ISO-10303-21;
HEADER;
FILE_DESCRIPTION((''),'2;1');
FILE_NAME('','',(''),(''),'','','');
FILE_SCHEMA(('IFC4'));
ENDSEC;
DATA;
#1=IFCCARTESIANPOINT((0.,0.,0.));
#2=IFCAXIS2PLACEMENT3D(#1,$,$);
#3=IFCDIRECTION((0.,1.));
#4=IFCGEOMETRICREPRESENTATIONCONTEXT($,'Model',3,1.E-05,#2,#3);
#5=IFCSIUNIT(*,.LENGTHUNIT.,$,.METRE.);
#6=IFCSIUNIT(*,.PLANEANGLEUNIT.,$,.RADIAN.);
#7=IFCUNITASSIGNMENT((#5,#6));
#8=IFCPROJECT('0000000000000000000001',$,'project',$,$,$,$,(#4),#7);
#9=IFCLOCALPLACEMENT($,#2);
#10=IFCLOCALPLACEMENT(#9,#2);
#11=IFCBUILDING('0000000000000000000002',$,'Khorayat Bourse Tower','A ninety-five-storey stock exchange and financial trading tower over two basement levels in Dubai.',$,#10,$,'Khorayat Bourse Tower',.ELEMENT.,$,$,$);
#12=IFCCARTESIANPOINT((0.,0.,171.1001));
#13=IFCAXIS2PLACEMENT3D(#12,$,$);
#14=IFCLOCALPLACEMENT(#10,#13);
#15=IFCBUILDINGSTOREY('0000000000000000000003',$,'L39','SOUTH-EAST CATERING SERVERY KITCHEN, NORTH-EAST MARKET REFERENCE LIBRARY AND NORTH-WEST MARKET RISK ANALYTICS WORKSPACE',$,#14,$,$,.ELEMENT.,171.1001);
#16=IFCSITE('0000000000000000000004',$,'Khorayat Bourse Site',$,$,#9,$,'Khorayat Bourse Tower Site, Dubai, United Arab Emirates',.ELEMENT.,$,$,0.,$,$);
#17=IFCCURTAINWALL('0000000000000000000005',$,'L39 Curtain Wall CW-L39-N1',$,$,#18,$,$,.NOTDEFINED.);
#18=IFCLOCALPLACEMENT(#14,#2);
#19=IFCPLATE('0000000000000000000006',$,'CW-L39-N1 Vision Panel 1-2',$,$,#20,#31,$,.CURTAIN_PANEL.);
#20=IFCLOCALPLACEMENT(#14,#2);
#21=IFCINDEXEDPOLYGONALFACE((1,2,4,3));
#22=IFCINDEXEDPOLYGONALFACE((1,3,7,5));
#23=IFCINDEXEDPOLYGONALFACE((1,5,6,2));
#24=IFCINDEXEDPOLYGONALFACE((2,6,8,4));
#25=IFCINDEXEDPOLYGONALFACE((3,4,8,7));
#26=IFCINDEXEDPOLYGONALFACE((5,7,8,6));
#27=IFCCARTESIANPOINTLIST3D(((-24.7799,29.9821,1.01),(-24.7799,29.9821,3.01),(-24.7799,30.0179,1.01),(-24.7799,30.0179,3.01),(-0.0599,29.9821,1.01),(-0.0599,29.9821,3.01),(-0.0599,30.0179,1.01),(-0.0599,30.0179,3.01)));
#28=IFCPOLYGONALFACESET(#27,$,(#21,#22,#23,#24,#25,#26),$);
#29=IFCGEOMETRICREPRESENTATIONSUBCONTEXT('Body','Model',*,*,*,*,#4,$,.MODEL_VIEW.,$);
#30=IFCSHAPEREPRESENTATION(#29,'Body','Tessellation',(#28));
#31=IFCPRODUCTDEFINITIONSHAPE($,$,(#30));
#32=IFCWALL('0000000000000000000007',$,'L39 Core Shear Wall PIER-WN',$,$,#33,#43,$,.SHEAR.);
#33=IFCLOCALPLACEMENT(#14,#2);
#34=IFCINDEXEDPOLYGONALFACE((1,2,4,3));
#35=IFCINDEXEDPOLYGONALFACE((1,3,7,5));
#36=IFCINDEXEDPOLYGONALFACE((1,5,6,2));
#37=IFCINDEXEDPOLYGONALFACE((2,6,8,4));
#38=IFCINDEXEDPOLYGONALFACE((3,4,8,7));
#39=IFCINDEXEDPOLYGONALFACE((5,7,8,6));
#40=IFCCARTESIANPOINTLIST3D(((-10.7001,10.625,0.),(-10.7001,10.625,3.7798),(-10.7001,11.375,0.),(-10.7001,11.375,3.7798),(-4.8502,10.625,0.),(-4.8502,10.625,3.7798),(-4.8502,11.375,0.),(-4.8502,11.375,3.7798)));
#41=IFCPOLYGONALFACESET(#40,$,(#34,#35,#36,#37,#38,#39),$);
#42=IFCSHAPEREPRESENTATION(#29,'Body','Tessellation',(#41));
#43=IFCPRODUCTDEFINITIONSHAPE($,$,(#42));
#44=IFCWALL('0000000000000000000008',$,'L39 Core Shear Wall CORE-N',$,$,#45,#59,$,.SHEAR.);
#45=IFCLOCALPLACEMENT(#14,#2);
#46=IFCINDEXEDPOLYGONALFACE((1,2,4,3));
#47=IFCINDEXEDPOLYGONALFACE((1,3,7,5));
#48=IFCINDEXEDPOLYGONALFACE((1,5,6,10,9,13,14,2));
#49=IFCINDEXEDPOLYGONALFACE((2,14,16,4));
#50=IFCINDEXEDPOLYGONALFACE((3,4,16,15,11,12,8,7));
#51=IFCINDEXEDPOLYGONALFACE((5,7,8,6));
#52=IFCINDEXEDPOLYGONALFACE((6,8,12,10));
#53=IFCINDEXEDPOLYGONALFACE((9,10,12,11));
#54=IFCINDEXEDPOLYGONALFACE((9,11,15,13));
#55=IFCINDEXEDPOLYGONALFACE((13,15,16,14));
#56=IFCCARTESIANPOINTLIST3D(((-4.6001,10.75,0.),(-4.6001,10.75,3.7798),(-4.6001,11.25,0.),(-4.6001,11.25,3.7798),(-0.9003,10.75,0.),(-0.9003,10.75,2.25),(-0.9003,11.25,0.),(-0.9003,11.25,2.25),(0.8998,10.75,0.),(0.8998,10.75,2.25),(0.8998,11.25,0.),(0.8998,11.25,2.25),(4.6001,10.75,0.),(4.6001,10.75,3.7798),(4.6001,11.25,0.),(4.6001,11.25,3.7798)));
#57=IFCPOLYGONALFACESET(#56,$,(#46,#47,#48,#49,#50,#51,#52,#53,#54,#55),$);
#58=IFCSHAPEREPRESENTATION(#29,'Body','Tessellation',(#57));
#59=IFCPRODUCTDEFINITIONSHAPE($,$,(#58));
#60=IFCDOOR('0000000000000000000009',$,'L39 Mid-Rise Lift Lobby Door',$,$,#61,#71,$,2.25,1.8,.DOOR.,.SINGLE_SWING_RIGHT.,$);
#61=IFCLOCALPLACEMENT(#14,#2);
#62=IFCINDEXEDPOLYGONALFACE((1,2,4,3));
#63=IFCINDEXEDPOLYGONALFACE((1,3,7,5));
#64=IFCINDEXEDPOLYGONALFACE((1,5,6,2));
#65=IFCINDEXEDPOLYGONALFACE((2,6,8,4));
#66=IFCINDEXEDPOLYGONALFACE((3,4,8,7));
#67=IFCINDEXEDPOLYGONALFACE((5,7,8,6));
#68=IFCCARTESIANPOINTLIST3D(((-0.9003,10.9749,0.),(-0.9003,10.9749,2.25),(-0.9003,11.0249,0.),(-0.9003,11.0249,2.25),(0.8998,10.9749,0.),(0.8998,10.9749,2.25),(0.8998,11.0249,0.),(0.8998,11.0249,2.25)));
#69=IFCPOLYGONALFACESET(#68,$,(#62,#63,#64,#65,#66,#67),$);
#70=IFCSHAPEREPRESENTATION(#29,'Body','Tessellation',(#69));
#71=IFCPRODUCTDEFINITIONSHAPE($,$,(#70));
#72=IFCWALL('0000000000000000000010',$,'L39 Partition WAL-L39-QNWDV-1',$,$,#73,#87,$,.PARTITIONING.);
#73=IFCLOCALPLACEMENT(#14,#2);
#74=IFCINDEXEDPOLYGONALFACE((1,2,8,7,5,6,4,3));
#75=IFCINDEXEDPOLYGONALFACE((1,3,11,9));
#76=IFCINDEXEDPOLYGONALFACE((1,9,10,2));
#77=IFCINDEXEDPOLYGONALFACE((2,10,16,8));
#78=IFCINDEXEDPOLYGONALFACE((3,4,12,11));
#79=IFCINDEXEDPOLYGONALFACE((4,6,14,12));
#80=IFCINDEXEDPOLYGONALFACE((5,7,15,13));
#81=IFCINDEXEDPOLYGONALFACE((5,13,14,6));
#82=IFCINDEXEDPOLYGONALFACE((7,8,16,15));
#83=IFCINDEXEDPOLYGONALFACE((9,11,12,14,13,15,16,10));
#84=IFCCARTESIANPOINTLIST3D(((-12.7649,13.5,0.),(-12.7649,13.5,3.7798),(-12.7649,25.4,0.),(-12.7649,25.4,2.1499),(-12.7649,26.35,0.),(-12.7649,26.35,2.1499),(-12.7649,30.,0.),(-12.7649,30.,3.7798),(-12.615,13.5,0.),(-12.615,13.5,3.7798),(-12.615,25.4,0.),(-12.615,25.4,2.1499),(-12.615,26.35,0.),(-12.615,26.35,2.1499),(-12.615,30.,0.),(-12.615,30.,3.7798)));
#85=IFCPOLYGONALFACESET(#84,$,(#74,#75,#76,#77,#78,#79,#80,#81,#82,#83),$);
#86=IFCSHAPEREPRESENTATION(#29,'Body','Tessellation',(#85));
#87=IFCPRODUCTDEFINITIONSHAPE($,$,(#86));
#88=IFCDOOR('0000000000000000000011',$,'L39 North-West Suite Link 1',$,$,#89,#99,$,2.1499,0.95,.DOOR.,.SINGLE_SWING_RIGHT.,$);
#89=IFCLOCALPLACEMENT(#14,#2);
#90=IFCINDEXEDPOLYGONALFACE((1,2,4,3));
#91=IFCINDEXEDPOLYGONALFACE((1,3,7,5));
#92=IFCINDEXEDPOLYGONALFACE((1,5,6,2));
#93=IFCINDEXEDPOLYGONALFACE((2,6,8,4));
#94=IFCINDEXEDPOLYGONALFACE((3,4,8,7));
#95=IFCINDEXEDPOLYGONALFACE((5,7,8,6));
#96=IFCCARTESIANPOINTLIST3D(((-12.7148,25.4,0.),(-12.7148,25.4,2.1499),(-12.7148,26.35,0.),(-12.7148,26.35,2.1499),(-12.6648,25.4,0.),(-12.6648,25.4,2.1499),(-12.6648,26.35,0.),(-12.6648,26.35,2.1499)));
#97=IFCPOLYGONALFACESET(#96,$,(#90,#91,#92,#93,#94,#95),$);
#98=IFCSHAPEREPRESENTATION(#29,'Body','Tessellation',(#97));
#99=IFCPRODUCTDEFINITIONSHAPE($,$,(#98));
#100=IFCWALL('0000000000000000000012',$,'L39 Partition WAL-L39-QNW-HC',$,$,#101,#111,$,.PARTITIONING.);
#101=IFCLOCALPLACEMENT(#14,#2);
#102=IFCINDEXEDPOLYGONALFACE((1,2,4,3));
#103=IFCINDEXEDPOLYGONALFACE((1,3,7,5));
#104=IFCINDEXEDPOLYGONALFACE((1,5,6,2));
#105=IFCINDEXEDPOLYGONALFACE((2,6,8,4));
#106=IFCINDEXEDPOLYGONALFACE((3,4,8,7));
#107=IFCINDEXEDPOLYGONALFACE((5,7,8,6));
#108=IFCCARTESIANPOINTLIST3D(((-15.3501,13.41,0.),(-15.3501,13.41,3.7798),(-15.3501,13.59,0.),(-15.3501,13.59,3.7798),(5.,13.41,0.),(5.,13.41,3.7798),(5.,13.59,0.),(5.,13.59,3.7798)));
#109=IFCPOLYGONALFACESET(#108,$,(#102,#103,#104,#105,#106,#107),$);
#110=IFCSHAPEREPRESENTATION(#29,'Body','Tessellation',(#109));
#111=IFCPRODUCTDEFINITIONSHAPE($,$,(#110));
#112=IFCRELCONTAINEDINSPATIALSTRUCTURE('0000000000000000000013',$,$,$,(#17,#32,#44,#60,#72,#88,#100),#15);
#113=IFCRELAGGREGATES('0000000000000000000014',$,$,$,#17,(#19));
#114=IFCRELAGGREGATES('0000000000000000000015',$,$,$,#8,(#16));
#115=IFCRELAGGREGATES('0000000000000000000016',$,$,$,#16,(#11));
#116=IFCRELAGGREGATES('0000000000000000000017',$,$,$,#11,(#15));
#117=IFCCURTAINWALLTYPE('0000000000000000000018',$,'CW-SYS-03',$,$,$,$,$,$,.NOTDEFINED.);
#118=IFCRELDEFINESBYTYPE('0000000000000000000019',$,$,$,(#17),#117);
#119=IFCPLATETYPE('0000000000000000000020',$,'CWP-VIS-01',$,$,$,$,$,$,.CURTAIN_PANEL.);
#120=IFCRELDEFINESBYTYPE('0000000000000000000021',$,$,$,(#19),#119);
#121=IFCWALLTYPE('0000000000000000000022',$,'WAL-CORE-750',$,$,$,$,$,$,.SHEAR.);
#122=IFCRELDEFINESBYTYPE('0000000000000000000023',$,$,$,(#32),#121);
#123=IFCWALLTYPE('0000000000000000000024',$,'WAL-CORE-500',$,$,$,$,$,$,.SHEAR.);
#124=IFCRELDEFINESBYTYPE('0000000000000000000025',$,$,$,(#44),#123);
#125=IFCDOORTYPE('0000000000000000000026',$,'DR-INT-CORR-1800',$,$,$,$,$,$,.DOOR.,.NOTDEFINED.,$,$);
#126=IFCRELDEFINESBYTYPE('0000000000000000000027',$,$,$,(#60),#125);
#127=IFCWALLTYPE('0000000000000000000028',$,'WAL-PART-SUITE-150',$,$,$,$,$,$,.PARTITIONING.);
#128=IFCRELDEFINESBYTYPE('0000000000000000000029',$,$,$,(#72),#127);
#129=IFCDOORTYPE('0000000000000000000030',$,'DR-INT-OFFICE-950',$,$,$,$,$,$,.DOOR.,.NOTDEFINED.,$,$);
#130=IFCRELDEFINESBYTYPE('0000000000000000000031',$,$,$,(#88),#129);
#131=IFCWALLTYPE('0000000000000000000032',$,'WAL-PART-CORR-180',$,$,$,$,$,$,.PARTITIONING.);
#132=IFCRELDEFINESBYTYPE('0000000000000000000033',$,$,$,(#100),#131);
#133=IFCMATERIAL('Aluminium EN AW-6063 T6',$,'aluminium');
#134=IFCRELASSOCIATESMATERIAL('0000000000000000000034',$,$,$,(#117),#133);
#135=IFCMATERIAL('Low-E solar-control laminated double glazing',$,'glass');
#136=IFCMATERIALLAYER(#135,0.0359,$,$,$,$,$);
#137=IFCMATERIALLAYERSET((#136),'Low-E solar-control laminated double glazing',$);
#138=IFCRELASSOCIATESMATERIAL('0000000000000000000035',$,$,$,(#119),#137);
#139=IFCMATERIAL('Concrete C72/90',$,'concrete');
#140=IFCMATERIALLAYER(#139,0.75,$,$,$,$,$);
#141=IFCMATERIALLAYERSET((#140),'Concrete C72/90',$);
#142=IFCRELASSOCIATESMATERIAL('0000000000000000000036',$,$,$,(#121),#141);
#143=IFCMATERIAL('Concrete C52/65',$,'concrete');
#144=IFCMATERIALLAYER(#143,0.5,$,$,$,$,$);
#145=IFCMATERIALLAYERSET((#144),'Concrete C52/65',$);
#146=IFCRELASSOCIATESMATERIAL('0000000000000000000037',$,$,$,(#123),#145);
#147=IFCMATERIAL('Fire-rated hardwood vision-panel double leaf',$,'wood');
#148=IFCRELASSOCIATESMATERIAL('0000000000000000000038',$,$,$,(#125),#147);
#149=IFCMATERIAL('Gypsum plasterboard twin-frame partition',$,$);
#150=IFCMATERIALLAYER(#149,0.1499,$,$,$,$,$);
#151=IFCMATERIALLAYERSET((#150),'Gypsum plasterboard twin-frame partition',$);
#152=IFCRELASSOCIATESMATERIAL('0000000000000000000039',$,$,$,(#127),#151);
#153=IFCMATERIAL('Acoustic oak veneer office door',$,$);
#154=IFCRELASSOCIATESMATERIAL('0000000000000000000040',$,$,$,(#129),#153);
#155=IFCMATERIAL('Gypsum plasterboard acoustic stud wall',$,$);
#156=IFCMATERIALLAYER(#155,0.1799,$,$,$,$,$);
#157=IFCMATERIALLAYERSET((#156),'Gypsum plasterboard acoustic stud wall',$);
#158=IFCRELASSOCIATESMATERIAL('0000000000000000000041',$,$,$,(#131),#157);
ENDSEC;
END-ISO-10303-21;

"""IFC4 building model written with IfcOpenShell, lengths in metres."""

from ifc_helpers import new_model, si_unit, direction, frame, frame_2d, origin, origin_2d, place, context, subcontext, project, spatial, rectangle, extrude, source, transform, mapped, material, layer, layer_set, type_object, element, fill, aggregate, save


model = new_model("IFC4")

# Units and contexts
model_context = context("Model", 3, precision=1e-05, world=origin(), true_north=direction((0.0, 1.0)))
body_context = subcontext(model_context, "Body", "Model", "MODEL_VIEW")
ifc_project = project(units=[si_unit("LENGTHUNIT", "METRE"), si_unit("PLANEANGLEUNIT", "RADIAN")], contexts=[model_context])

# Site, building, storey
site_placement = place(None, origin())
site = spatial("IfcSite", under=ifc_project, at=site_placement, Name="Khorayat Bourse Site", LongName="Khorayat Bourse Tower Site, Dubai, United Arab Emirates", CompositionType="ELEMENT", RefElevation=0.0)
building_placement = place(site_placement, origin())
building = spatial("IfcBuilding", under=site, at=building_placement, Name="Khorayat Bourse Tower", Description="A ninety-five-storey stock exchange and financial trading tower over two basement levels in Dubai.", LongName="Khorayat Bourse Tower", CompositionType="ELEMENT")
storey_placement = place(building_placement, frame((0.0, 0.0, 171.1001)))
storey = spatial("IfcBuildingStorey", under=building, at=storey_placement, Name="L39", Description="SOUTH-EAST CATERING SERVERY KITCHEN, NORTH-EAST MARKET REFERENCE LIBRARY AND NORTH-WEST MARKET RISK ANALYTICS WORKSPACE", CompositionType="ELEMENT", Elevation=171.1001)

# Shared definitions
ifc_material_1 = material(Name="Concrete C72/90", Category="concrete")

# Curtain wall
ifc_material_2 = material(Name="Aluminium EN AW-6063 T6", Category="aluminium")
curtain_wall_type = type_object("IfcCurtainWallType", Name="CW-SYS-03", PredefinedType="NOTDEFINED", material=ifc_material_2)
curtain_wall_placement = place(storey_placement, origin())
curtain_wall = element("IfcCurtainWall", 1, at=curtain_wall_placement, inside=storey, type_object=curtain_wall_type, Name="L39 Curtain Wall CW-L39-N1", PredefinedType="NOTDEFINED")

# Plate
ifc_material_3 = material(Name="Low-E solar-control laminated double glazing", Category="glass")
ifc_layer_1 = layer(ifc_material_3, 0.0359)
ifc_layer_set_1 = layer_set([ifc_layer_1], Name="Low-E solar-control laminated double glazing")
plate_type_1 = type_object("IfcPlateType", Name="CWP-VIS-01", PredefinedType="CURTAIN_PANEL", material=ifc_layer_set_1)
shared_shape_1 = source(origin(), body_context, "Body", "SweptSolid", [
    extrude(rectangle(XDim=24.72, YDim=0.0359, at=origin_2d()), origin(), (0.0, 0.0, 1.0), 2.0),
])
plate_1_placement = place(storey_placement, frame((-12.4199, 30.0, 1.01), z_axis=(0.0, 0.0, 1.0), x_axis=(1.0, 0.0, 0.0)))
plate_1 = element("IfcPlate", 2, at=plate_1_placement, type_object=plate_type_1, Name="CW-L39-N1 Vision Panel 1-2", PredefinedType="CURTAIN_PANEL", context=body_context, shape_type="MappedRepresentation", body=[
    mapped(shared_shape_1, transform((0.0, 0.0, 0.0), scale=1.0)),
])
aggregate(curtain_wall, [plate_1])

# Wall
ifc_layer_2 = layer(ifc_material_1, 0.75)
ifc_layer_set_2 = layer_set([ifc_layer_2], Name="Concrete C72/90")
wall_type_1 = type_object("IfcWallType", Name="WAL-CORE-750", PredefinedType="SHEAR", material=ifc_layer_set_2)
shared_shape_2 = source(origin(), body_context, "Body", "SweptSolid", [
    extrude(rectangle(XDim=5.8499, YDim=0.75, at=frame_2d((2.9248, 0.0))), origin(), (0.0, 0.0, 1.0), 3.7798),
])
wall_1_placement = place(storey_placement, frame((-10.7, 11.0, 0.0), z_axis=(0.0, 0.0, 1.0), x_axis=(1.0, 0.0, 0.0)))
element("IfcWall", 3, at=wall_1_placement, inside=storey, type_object=wall_type_1, Name="L39 Core Shear Wall PIER-WN", PredefinedType="SHEAR", context=body_context, shape_type="MappedRepresentation", body=[
    mapped(shared_shape_2, transform((0.0, 0.0, 0.0), scale=1.0)),
])

# Walls, openings, doors
ifc_material_4 = material(Name="Concrete C52/65", Category="concrete")
ifc_layer_3 = layer(ifc_material_4, 0.5)
ifc_layer_set_3 = layer_set([ifc_layer_3], Name="Concrete C52/65")
wall_type_2 = type_object("IfcWallType", Name="WAL-CORE-500", PredefinedType="SHEAR", material=ifc_layer_set_3)
shared_shape_3 = source(origin(), body_context, "Body", "SweptSolid", [
    extrude(rectangle(XDim=9.2002, YDim=0.5, at=frame_2d((4.6001, 0.0))), origin(), (0.0, 0.0, 1.0), 3.7798),
])
wall_2_placement = place(storey_placement, frame((-4.6001, 11.0, 0.0), z_axis=(0.0, 0.0, 1.0), x_axis=(1.0, 0.0, 0.0)))
wall_2 = element("IfcWall", 4, at=wall_2_placement, inside=storey, type_object=wall_type_2, Name="L39 Core Shear Wall CORE-N", PredefinedType="SHEAR", context=body_context, shape_type="MappedRepresentation", body=[
    mapped(shared_shape_3, transform((0.0, 0.0, 0.0), scale=1.0)),
])
shared_shape_4 = source(origin(), body_context, "Body", "SweptSolid", [
    extrude(rectangle(XDim=1.8, YDim=2.25, at=frame_2d((0.8999, 1.125))), frame((0.0, 0.26, 0.0), z_axis=(0.0, -1.0, 0.0), x_axis=(1.0, 0.0, 0.0)), (0.0, 0.0, 1.0), 0.52),
])
opening_1_placement = place(wall_2_placement, frame((3.7, 0.0, 0.0)))
opening_1 = element("IfcOpeningElement", 5, at=opening_1_placement, cuts=wall_2, PredefinedType="OPENING", context=body_context, shape_type="MappedRepresentation", body=[
    mapped(shared_shape_4, transform((0.0, 0.0, 0.0), scale=1.0)),
])
ifc_material_5 = material(Name="Fire-rated hardwood vision-panel double leaf", Category="wood")
door_type_1 = type_object("IfcDoorType", Name="DR-INT-CORR-1800", OperationType="NOTDEFINED", PredefinedType="DOOR", material=ifc_material_5)
shared_shape_5 = source(origin(), body_context, "Body", "SweptSolid", [
    extrude(rectangle(XDim=1.8, YDim=2.25, at=frame_2d((0.8999, 1.125))), frame((0.0, 0.0249, 0.0), z_axis=(0.0, -1.0, 0.0), x_axis=(1.0, 0.0, 0.0)), (0.0, 0.0, 1.0), 0.05),
])
door_1_placement = place(opening_1_placement, origin())
door_1 = element("IfcDoor", 6, at=door_1_placement, inside=storey, type_object=door_type_1, Name="L39 Mid-Rise Lift Lobby Door", OperationType="SINGLE_SWING_RIGHT", OverallHeight=2.25, OverallWidth=1.8, PredefinedType="DOOR", context=body_context, shape_type="MappedRepresentation", body=[
    mapped(shared_shape_5, transform((0.0, 0.0, 0.0), scale=1.0)),
])
fill(opening_1, door_1)
ifc_material_6 = material(Name="Gypsum plasterboard twin-frame partition")
ifc_layer_4 = layer(ifc_material_6, 0.1499)
ifc_layer_set_4 = layer_set([ifc_layer_4], Name="Gypsum plasterboard twin-frame partition")
wall_type_3 = type_object("IfcWallType", Name="WAL-PART-SUITE-150", PredefinedType="PARTITIONING", material=ifc_layer_set_4)
shared_shape_6 = source(origin(), body_context, "Body", "SweptSolid", [
    extrude(rectangle(XDim=16.5, YDim=0.1499, at=frame_2d((8.25, 0.0))), origin(), (0.0, 0.0, 1.0), 3.7798),
])
wall_3_placement = place(storey_placement, frame((-12.6899, 13.5, 0.0), z_axis=(0.0, 0.0, 1.0), x_axis=(0.0, 1.0, 0.0)))
wall_3 = element("IfcWall", 7, at=wall_3_placement, inside=storey, type_object=wall_type_3, Name="L39 Partition WAL-L39-QNWDV-1", PredefinedType="PARTITIONING", context=body_context, shape_type="MappedRepresentation", body=[
    mapped(shared_shape_6, transform((0.0, 0.0, 0.0), scale=1.0)),
])
shared_shape_7 = source(origin(), body_context, "Body", "SweptSolid", [
    extrude(rectangle(XDim=0.95, YDim=2.1499, at=frame_2d((0.4751, 1.075))), frame((0.0, 0.085, 0.0), z_axis=(0.0, -1.0, 0.0), x_axis=(1.0, 0.0, 0.0)), (0.0, 0.0, 1.0), 0.1699),
])
opening_2_placement = place(wall_3_placement, frame((11.8999, 0.0, 0.0)))
opening_2 = element("IfcOpeningElement", 8, at=opening_2_placement, cuts=wall_3, PredefinedType="OPENING", context=body_context, shape_type="MappedRepresentation", body=[
    mapped(shared_shape_7, transform((0.0, 0.0, 0.0), scale=1.0)),
])
ifc_material_7 = material(Name="Acoustic oak veneer office door")
door_type_2 = type_object("IfcDoorType", Name="DR-INT-OFFICE-950", OperationType="NOTDEFINED", PredefinedType="DOOR", material=ifc_material_7)
shared_shape_8 = source(origin(), body_context, "Body", "SweptSolid", [
    extrude(rectangle(XDim=0.95, YDim=2.1499, at=frame_2d((0.4751, 1.075))), frame((0.0, 0.0249, 0.0), z_axis=(0.0, -1.0, 0.0), x_axis=(1.0, 0.0, 0.0)), (0.0, 0.0, 1.0), 0.05),
])
door_2_placement = place(opening_2_placement, origin())
door_2 = element("IfcDoor", 9, at=door_2_placement, inside=storey, type_object=door_type_2, Name="L39 North-West Suite Link 1", OperationType="SINGLE_SWING_RIGHT", OverallHeight=2.1499, OverallWidth=0.95, PredefinedType="DOOR", context=body_context, shape_type="MappedRepresentation", body=[
    mapped(shared_shape_8, transform((0.0, 0.0, 0.0), scale=1.0)),
])
fill(opening_2, door_2)

# Wall
ifc_material_8 = material(Name="Gypsum plasterboard acoustic stud wall")
ifc_layer_5 = layer(ifc_material_8, 0.1799)
ifc_layer_set_5 = layer_set([ifc_layer_5], Name="Gypsum plasterboard acoustic stud wall")
wall_type_4 = type_object("IfcWallType", Name="WAL-PART-CORR-180", PredefinedType="PARTITIONING", material=ifc_layer_set_5)
shared_shape_9 = source(origin(), body_context, "Body", "SweptSolid", [
    extrude(rectangle(XDim=20.3501, YDim=0.1799, at=frame_2d((10.175, 0.0))), origin(), (0.0, 0.0, 1.0), 3.7798),
])
wall_4_placement = place(storey_placement, frame((-15.3501, 13.5, 0.0), z_axis=(0.0, 0.0, 1.0), x_axis=(1.0, 0.0, 0.0)))
element("IfcWall", 10, at=wall_4_placement, inside=storey, type_object=wall_type_4, Name="L39 Partition WAL-L39-QNW-HC", PredefinedType="PARTITIONING", context=body_context, shape_type="MappedRepresentation", body=[
    mapped(shared_shape_9, transform((0.0, 0.0, 0.0), scale=1.0)),
])

save(model, "model.ifc")
